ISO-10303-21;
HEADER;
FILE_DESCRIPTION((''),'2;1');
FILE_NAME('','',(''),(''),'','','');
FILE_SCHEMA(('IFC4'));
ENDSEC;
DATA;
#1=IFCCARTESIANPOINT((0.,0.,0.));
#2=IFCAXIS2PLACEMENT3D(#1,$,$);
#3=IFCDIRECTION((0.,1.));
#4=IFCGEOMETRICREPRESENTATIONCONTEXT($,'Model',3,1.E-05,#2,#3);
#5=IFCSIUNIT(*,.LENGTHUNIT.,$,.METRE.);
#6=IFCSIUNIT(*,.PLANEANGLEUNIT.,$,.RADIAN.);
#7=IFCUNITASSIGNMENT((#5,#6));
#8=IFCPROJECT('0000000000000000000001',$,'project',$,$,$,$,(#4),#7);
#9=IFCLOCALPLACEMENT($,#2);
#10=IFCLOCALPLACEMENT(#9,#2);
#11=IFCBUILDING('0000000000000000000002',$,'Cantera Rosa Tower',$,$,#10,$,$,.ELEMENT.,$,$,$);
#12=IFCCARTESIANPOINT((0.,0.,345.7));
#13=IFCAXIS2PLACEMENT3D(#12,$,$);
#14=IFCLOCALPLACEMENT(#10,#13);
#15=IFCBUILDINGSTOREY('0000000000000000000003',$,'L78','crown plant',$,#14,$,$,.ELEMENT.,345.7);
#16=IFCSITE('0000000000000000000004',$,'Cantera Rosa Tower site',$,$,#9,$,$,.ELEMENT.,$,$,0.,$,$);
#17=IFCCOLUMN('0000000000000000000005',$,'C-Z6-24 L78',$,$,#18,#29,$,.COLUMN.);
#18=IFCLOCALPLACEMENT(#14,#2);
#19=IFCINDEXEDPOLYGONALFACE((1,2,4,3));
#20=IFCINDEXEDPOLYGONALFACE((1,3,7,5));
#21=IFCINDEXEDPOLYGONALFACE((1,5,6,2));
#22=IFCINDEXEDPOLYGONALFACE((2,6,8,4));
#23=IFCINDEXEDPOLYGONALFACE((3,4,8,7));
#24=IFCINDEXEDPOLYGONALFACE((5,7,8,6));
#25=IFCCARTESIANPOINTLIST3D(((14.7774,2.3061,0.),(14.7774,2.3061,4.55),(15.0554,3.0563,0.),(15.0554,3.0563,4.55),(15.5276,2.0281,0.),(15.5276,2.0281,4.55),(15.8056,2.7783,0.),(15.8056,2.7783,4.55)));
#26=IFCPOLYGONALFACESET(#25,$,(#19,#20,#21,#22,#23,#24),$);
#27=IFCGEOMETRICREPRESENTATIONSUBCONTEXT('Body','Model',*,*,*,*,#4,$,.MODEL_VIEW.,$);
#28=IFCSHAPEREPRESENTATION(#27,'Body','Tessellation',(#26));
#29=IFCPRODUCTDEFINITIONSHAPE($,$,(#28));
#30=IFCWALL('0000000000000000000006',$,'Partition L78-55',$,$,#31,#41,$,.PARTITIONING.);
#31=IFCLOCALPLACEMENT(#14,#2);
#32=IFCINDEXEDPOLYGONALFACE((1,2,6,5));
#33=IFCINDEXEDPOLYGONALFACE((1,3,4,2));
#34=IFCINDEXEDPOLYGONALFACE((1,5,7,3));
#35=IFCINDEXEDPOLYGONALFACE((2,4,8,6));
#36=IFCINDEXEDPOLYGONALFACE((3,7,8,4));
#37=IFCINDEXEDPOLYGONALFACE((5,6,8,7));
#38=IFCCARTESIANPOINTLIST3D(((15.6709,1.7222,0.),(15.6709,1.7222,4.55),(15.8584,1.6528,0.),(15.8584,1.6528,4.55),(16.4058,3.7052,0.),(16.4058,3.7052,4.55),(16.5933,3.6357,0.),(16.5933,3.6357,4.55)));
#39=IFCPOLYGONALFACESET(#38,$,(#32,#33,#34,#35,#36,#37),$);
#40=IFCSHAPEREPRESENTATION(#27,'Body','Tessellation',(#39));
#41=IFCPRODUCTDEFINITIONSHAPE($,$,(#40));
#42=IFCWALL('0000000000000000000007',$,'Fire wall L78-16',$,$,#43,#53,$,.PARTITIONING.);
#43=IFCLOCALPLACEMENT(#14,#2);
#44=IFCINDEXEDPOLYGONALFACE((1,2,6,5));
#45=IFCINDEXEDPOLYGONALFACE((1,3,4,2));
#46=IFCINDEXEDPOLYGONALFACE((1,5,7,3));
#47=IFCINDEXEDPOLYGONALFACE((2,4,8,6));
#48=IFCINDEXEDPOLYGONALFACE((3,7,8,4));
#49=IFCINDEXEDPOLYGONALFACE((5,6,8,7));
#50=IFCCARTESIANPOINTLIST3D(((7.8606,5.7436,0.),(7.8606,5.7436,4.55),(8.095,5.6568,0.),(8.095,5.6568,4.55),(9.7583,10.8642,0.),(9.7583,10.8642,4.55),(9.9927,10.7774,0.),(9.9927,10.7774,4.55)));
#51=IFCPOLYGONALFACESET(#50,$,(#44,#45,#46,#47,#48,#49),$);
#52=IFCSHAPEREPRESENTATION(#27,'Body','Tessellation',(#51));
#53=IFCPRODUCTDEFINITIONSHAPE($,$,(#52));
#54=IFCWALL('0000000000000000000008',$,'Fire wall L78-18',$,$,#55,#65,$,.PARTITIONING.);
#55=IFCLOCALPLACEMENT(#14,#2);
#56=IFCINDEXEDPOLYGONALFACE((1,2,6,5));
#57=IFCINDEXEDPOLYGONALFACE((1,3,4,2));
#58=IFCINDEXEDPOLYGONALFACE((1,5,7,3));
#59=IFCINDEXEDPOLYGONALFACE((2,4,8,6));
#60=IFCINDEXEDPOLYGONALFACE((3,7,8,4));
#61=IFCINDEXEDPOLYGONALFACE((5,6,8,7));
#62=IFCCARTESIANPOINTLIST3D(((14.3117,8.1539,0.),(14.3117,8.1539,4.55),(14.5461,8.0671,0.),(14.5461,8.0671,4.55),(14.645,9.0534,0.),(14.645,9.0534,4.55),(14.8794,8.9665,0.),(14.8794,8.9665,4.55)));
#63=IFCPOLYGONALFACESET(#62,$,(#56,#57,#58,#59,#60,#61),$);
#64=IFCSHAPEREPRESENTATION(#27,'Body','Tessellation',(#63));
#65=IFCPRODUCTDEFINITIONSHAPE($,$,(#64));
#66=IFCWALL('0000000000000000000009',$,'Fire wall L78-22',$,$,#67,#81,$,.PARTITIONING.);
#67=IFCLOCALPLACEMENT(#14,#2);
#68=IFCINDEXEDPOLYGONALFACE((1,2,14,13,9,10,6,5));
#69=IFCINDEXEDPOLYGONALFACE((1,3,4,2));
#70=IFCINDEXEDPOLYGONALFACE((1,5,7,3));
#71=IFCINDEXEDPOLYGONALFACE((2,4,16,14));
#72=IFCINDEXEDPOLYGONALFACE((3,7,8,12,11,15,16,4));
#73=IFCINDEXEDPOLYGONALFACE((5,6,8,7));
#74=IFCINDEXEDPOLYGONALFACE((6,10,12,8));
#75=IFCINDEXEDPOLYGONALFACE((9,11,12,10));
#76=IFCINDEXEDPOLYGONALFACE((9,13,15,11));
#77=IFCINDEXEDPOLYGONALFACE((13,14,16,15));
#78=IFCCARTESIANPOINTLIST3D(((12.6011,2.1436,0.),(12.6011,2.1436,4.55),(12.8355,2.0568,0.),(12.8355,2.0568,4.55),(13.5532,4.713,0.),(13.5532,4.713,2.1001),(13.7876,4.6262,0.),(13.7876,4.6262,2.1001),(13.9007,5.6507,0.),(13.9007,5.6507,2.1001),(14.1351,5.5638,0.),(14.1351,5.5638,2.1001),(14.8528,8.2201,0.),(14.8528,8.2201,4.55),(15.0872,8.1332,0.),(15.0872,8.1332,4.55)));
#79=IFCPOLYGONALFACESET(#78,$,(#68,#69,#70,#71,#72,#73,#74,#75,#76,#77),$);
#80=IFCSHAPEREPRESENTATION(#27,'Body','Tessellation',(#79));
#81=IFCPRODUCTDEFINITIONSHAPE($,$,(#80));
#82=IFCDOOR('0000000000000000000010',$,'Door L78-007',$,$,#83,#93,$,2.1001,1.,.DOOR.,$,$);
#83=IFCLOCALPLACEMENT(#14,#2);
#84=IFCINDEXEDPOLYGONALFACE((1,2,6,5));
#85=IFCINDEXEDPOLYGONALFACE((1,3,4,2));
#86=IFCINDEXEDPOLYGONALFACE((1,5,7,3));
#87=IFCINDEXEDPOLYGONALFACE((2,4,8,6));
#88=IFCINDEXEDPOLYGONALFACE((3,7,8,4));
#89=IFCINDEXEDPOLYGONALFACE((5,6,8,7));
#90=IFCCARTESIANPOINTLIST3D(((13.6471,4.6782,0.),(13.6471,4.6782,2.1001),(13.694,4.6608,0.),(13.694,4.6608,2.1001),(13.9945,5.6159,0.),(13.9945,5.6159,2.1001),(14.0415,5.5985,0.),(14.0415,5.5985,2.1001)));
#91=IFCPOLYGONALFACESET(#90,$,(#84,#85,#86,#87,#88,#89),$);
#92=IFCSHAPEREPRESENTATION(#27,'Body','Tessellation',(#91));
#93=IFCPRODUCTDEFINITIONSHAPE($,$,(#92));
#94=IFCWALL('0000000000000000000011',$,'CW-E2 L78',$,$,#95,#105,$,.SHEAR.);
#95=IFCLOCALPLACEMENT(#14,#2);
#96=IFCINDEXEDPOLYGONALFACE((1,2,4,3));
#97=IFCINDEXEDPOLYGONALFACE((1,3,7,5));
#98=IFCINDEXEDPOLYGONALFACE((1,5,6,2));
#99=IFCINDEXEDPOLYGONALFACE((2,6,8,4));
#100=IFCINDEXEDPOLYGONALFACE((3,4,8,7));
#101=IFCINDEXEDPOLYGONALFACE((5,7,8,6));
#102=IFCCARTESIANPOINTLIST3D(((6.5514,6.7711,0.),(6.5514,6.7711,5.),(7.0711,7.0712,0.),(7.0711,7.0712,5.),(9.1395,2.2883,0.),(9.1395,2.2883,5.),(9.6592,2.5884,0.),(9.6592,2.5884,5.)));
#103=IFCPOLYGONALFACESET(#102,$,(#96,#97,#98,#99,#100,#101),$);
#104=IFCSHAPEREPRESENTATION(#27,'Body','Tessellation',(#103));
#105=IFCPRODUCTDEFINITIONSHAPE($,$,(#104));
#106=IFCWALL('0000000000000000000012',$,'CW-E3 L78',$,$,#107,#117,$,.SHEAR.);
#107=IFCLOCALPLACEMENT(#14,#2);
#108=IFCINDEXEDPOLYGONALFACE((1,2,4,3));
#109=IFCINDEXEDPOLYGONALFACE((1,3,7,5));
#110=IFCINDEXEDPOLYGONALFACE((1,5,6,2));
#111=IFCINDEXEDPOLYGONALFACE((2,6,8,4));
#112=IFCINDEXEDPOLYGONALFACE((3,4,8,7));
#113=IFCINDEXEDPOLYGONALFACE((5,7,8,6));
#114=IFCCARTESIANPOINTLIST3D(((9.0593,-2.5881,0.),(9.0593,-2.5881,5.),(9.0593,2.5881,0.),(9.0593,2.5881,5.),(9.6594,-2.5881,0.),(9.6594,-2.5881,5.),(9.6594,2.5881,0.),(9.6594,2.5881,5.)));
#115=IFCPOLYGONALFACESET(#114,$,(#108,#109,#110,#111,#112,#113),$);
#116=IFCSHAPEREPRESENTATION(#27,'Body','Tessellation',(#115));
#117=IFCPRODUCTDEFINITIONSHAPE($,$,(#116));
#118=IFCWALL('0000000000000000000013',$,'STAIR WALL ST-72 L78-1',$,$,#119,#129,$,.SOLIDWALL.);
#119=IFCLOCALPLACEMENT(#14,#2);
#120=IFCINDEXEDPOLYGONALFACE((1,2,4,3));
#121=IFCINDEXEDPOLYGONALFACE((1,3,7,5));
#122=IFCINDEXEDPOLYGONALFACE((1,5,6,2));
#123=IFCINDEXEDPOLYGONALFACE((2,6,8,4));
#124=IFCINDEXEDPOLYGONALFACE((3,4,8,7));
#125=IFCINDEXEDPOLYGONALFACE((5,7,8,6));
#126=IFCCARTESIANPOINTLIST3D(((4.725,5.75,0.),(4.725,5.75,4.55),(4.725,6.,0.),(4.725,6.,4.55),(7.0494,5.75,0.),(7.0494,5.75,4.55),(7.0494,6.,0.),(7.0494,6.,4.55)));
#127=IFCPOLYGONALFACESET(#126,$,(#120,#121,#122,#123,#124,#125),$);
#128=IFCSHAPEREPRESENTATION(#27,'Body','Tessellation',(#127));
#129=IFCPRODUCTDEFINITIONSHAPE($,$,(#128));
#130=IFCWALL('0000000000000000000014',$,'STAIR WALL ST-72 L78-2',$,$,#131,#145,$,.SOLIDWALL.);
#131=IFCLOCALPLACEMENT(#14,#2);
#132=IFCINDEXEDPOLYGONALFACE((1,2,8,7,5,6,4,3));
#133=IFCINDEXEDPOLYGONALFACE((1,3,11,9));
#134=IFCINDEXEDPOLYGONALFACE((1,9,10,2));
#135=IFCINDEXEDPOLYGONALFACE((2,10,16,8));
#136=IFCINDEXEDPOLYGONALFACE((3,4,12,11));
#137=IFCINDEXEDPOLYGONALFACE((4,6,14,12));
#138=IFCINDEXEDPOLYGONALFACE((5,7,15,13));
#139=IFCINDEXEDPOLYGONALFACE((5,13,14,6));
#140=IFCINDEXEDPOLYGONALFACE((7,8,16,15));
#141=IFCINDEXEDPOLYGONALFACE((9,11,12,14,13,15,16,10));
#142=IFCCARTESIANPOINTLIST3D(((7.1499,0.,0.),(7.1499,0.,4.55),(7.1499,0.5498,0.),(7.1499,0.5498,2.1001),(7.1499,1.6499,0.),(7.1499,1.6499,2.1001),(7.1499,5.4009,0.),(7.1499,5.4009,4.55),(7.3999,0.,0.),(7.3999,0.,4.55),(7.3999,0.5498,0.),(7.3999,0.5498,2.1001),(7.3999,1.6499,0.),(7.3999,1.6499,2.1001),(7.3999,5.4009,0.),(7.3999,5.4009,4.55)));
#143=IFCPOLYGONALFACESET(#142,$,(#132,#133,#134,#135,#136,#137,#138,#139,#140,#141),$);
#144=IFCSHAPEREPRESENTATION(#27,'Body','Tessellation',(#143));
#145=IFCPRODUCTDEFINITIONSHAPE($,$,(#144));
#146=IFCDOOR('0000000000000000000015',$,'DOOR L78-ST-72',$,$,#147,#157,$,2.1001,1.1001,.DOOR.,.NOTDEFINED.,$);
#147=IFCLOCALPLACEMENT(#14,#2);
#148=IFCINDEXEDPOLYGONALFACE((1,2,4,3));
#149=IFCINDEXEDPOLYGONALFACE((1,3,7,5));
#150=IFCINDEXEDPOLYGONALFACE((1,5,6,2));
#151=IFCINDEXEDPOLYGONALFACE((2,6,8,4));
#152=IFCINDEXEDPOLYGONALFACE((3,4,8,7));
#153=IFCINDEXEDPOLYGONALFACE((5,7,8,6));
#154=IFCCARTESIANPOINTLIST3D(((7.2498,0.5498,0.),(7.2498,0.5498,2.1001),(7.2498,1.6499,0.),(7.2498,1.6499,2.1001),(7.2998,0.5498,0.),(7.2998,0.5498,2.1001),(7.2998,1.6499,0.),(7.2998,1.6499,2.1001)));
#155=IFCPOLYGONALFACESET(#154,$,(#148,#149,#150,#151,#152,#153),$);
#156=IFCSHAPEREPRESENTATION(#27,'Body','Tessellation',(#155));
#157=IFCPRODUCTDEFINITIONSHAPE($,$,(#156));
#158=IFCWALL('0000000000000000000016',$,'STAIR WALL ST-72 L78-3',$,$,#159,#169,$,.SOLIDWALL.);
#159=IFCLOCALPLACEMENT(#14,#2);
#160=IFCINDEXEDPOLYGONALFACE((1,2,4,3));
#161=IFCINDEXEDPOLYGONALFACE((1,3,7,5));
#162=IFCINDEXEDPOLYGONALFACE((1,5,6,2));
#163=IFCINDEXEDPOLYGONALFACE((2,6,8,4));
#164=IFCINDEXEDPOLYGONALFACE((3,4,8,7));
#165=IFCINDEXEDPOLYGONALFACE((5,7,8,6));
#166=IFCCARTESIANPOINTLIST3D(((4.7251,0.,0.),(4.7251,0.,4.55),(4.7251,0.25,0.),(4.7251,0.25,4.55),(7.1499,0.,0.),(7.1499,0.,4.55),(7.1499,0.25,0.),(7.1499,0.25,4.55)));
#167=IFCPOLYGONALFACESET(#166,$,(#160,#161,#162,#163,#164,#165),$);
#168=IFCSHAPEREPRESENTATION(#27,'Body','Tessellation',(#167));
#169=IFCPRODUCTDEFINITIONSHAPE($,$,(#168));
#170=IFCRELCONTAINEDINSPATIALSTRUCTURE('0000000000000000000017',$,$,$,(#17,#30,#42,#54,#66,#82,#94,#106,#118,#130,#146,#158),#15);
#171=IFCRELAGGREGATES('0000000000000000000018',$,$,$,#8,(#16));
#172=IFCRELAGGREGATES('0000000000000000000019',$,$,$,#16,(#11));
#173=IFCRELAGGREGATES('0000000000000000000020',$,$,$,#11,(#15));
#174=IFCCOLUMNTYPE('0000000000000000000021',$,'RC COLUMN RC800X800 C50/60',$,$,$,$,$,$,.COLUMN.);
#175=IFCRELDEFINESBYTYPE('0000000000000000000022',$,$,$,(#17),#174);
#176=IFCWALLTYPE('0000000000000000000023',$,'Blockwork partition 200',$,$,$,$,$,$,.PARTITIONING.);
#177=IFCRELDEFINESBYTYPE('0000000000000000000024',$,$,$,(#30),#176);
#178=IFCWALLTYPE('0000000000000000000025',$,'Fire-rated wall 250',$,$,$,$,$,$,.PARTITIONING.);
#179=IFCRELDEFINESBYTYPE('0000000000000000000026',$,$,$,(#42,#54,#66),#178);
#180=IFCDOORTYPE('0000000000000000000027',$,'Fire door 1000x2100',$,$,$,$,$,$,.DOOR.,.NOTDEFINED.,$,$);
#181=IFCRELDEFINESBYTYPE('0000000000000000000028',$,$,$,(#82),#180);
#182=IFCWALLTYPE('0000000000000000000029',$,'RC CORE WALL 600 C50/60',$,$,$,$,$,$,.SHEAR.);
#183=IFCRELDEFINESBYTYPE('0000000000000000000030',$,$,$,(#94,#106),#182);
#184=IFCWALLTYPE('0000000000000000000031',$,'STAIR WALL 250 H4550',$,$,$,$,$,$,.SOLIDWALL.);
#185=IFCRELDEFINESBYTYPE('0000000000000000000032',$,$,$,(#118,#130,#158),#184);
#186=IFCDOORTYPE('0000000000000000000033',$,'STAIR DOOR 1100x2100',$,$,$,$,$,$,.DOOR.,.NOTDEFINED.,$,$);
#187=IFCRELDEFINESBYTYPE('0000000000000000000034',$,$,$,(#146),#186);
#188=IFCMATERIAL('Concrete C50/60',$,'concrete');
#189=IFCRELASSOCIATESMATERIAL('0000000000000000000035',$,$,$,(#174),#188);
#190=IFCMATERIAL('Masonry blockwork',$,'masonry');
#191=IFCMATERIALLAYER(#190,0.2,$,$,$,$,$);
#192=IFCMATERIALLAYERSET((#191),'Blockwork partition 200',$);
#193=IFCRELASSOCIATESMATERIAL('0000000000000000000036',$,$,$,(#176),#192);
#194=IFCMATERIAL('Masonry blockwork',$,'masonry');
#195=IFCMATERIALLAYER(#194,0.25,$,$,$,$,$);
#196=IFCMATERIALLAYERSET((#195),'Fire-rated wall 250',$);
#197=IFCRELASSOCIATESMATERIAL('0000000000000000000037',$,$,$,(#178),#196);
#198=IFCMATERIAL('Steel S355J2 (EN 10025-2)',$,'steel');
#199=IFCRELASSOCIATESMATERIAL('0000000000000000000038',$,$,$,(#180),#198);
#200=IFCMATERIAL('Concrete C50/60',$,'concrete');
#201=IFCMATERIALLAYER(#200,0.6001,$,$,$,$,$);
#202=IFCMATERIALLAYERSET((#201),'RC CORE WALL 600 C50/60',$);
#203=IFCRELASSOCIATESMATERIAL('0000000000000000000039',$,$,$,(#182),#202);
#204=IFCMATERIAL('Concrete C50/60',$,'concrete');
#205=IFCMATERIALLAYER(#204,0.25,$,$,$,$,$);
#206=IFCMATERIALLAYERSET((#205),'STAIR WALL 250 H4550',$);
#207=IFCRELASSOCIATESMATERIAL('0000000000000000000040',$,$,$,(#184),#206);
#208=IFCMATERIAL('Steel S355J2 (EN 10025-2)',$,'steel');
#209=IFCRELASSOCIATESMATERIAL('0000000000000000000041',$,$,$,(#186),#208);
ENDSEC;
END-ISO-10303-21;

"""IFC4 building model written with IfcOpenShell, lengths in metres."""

from ifc_helpers import new_model, si_unit, direction, frame, frame_2d, origin, origin_2d, place, context, subcontext, project, spatial, rectangle, extrude, material, layer, layer_set, material_profile, profile_set, type_object, element, fill, save


model = new_model("IFC4")

# Units and contexts
model_context = context("Model", 3, precision=1e-05, world=origin(), true_north=direction((0.0, 1.0)))
body_context = subcontext(model_context, "Body", "Model", "MODEL_VIEW")
ifc_project = project(units=[si_unit("LENGTHUNIT", "METRE"), si_unit("PLANEANGLEUNIT", "RADIAN")], contexts=[model_context])

# Site, building, storey
site_placement = place(None, origin())
site = spatial("IfcSite", under=ifc_project, at=site_placement, Name="Cantera Rosa Tower site", CompositionType="ELEMENT", RefElevation=0.0)
building_placement = place(site_placement, origin())
building = spatial("IfcBuilding", under=site, at=building_placement, Name="Cantera Rosa Tower", CompositionType="ELEMENT")
storey_placement = place(building_placement, frame((0.0, 0.0, 345.7)))
storey = spatial("IfcBuildingStorey", under=building, at=storey_placement, Name="L78", Description="crown plant", CompositionType="ELEMENT", Elevation=345.7)

# Column
ifc_material_1 = material(Name="Concrete C50/60", Category="concrete")
ifc_material_profile = material_profile(ifc_material_1, rectangle(XDim=0.8, YDim=0.8, at=origin_2d()), Name="RC COLUMN RC800X800 C50/60")
ifc_profile_set = profile_set([ifc_material_profile], Name="Concrete C50/60")
column_type = type_object("IfcColumnType", Name="RC COLUMN RC800X800 C50/60", PredefinedType="COLUMN", material=ifc_profile_set)
column_placement = place(storey_placement, frame((15.2915, 2.5422, 0.0), z_axis=(0.0, 0.0, 1.0), x_axis=(0.347481, 0.937687, 0.0)))
element("IfcColumn", 1, at=column_placement, inside=storey, type_object=column_type, Name="C-Z6-24 L78", PredefinedType="COLUMN", context=body_context, shape_type="SweptSolid", body=[
    extrude(rectangle(XDim=0.8, YDim=0.8, at=origin_2d()), origin(), (0.0, 0.0, 1.0), 4.55),
])

# Walls
ifc_material_2 = material(Name="Masonry blockwork", Category="masonry")
ifc_layer_1 = layer(ifc_material_2, 0.2)
ifc_layer_set_1 = layer_set([ifc_layer_1], Name="Blockwork partition 200")
wall_type_1 = type_object("IfcWallType", Name="Blockwork partition 200", PredefinedType="PARTITIONING", material=ifc_layer_set_1)
wall_1_placement = place(storey_placement, frame((15.7646, 1.6875, 0.0), z_axis=(0.0, 0.0, 1.0), x_axis=(0.347502, 0.937679, 0.0)))
element("IfcWall", 2, at=wall_1_placement, inside=storey, type_object=wall_type_1, Name="Partition L78-55", PredefinedType="PARTITIONING", context=body_context, shape_type="SweptSolid", body=[
    extrude(rectangle(XDim=2.1147, YDim=0.2, at=frame_2d((1.0574, 0.0))), origin(), (0.0, 0.0, 1.0), 4.55),
])
ifc_material_3 = material(Name="Masonry blockwork", Category="masonry")
ifc_layer_2 = layer(ifc_material_3, 0.25)
ifc_layer_set_2 = layer_set([ifc_layer_2], Name="Fire-rated wall 250")
wall_type_2 = type_object("IfcWallType", Name="Fire-rated wall 250", PredefinedType="PARTITIONING", material=ifc_layer_set_2)
wall_2_placement = place(storey_placement, frame((7.9778, 5.7002, 0.0), z_axis=(0.0, 0.0, 1.0), x_axis=(0.347505, 0.937678, 0.0)))
element("IfcWall", 3, at=wall_2_placement, inside=storey, type_object=wall_type_2, Name="Fire wall L78-16", PredefinedType="PARTITIONING", context=body_context, shape_type="SweptSolid", body=[
    extrude(rectangle(XDim=5.4609, YDim=0.25, at=frame_2d((2.7305, 0.0))), origin(), (0.0, 0.0, 1.0), 4.55),
])
wall_3_placement = place(storey_placement, frame((14.429, 8.1106, 0.0), z_axis=(0.0, 0.0, 1.0), x_axis=(0.347439, 0.937703, 0.0)))
element("IfcWall", 4, at=wall_3_placement, inside=storey, type_object=wall_type_2, Name="Fire wall L78-18", PredefinedType="PARTITIONING", context=body_context, shape_type="SweptSolid", body=[
    extrude(rectangle(XDim=0.9592, YDim=0.25, at=frame_2d((0.4795, 0.0))), origin(), (0.0, 0.0, 1.0), 4.55),
])

# Wall, opening, door
wall_4_placement = place(storey_placement, frame((12.7183, 2.1001, 0.0), z_axis=(0.0, 0.0, 1.0), x_axis=(0.347475, 0.937689, 0.0)))
wall_4 = element("IfcWall", 5, at=wall_4_placement, inside=storey, type_object=wall_type_2, Name="Fire wall L78-22", PredefinedType="PARTITIONING", context=body_context, shape_type="SweptSolid", body=[
    extrude(rectangle(XDim=6.4802, YDim=0.25, at=frame_2d((3.2402, 0.0))), origin(), (0.0, 0.0, 1.0), 4.55),
])
opening_1_placement = place(wall_4_placement, frame((2.7402, 0.0, 0.0)))
opening_1 = element("IfcOpeningElement", 6, at=opening_1_placement, cuts=wall_4, PredefinedType="OPENING", context=body_context, shape_type="SweptSolid", body=[
    extrude(rectangle(XDim=1.0, YDim=2.1001, at=frame_2d((0.5, 1.05))), frame((0.0, 0.135, 0.0), z_axis=(0.0, -1.0, 0.0), x_axis=(1.0, 0.0, 0.0)), (0.0, 0.0, 1.0), 0.27),
])
ifc_material_4 = material(Name="Steel S355J2 (EN 10025-2)", Category="steel")
door_type_1 = type_object("IfcDoorType", Name="Fire door 1000x2100", OperationType="NOTDEFINED", PredefinedType="DOOR", material=ifc_material_4)
door_1_placement = place(opening_1_placement, origin())
door_1 = element("IfcDoor", 7, at=door_1_placement, inside=storey, type_object=door_type_1, Name="Door L78-007", OverallHeight=2.1001, OverallWidth=1.0, PredefinedType="DOOR", context=body_context, shape_type="SweptSolid", body=[
    extrude(rectangle(XDim=1.0, YDim=2.1001, at=frame_2d((0.5, 1.05))), frame((0.0, 0.0249, 0.0), z_axis=(0.0, -1.0, 0.0), x_axis=(1.0, 0.0, 0.0)), (0.0, 0.0, 1.0), 0.05),
])
fill(opening_1, door_1)

# Walls
ifc_material_5 = material(Name="Concrete C50/60", Category="concrete")
ifc_layer_3 = layer(ifc_material_5, 0.6001)
ifc_layer_set_3 = layer_set([ifc_layer_3], Name="RC CORE WALL 600 C50/60")
wall_type_3 = type_object("IfcWallType", Name="RC CORE WALL 600 C50/60", PredefinedType="SHEAR", material=ifc_layer_set_3)
for number, where, z_axis, x_axis, name in (
    (8, (6.8113, 6.9211, 0.0), (0.0, 0.0, 1.0), (0.499989, -0.866032, 0.0), "CW-E2 L78"),
    (9, (9.3594, 2.5881, 0.0), (0.0, 0.0, 1.0), (0.0, -1.0, 0.0), "CW-E3 L78"),
):
    element("IfcWall", number, at=place(storey_placement, frame(where, z_axis=z_axis, x_axis=x_axis)), inside=storey, type_object=wall_type_3, Name=name, PredefinedType="SHEAR", context=body_context, shape_type="SweptSolid", body=[
        extrude(rectangle(XDim=5.1763, YDim=0.6001, at=frame_2d((2.5881, 0.0))), origin(), (0.0, 0.0, 1.0), 5.0),
    ])
ifc_material_6 = material(Name="Concrete C50/60", Category="concrete")
ifc_layer_4 = layer(ifc_material_6, 0.25)
ifc_layer_set_4 = layer_set([ifc_layer_4], Name="STAIR WALL 250 H4550")
wall_type_4 = type_object("IfcWallType", Name="STAIR WALL 250 H4550", PredefinedType="SOLIDWALL", material=ifc_layer_set_4)
wall_5_placement = place(storey_placement, frame((4.7251, 5.875, 0.0), z_axis=(0.0, 0.0, 1.0), x_axis=(1.0, 0.0, 0.0)))
element("IfcWall", 10, at=wall_5_placement, inside=storey, type_object=wall_type_4, Name="STAIR WALL ST-72 L78-1", PredefinedType="SOLIDWALL", context=body_context, shape_type="SweptSolid", body=[
    extrude(rectangle(XDim=2.3245, YDim=0.25, at=frame_2d((1.1621, 0.0))), origin(), (0.0, 0.0, 1.0), 4.55),
])

# Wall, opening, door
wall_6_placement = place(storey_placement, frame((7.2749, 5.4009, 0.0), z_axis=(0.0, 0.0, 1.0), x_axis=(0.0, -1.0, 0.0)))
wall_6 = element("IfcWall", 11, at=wall_6_placement, inside=storey, type_object=wall_type_4, Name="STAIR WALL ST-72 L78-2", PredefinedType="SOLIDWALL", context=body_context, shape_type="SweptSolid", body=[
    extrude(rectangle(XDim=5.4009, YDim=0.25, at=frame_2d((2.7004, 0.0))), origin(), (0.0, 0.0, 1.0), 4.55),
])
opening_2_placement = place(wall_6_placement, frame((3.751, 0.0, 0.0)))
opening_2 = element("IfcOpeningElement", 12, at=opening_2_placement, cuts=wall_6, PredefinedType="OPENING", context=body_context, shape_type="SweptSolid", body=[
    extrude(rectangle(XDim=1.1001, YDim=2.1001, at=frame_2d((0.55, 1.05))), frame((0.0, 0.135, 0.0), z_axis=(0.0, -1.0, 0.0), x_axis=(1.0, 0.0, 0.0)), (0.0, 0.0, 1.0), 0.27),
])
ifc_material_7 = material(Name="Steel S355J2 (EN 10025-2)", Category="steel")
door_type_2 = type_object("IfcDoorType", Name="STAIR DOOR 1100x2100", OperationType="NOTDEFINED", PredefinedType="DOOR", material=ifc_material_7)
door_2_placement = place(opening_2_placement, origin())
door_2 = element("IfcDoor", 13, at=door_2_placement, inside=storey, type_object=door_type_2, Name="DOOR L78-ST-72", OperationType="NOTDEFINED", OverallHeight=2.1001, OverallWidth=1.1001, PredefinedType="DOOR", context=body_context, shape_type="SweptSolid", body=[
    extrude(rectangle(XDim=1.1001, YDim=2.1001, at=frame_2d((0.55, 1.05))), frame((0.0, 0.0249, 0.0), z_axis=(0.0, -1.0, 0.0), x_axis=(1.0, 0.0, 0.0)), (0.0, 0.0, 1.0), 0.05),
])
fill(opening_2, door_2)

# Wall
wall_7_placement = place(storey_placement, frame((7.1499, 0.125, 0.0), z_axis=(0.0, 0.0, 1.0), x_axis=(-1.0, 0.0, 0.0)))
element("IfcWall", 14, at=wall_7_placement, inside=storey, type_object=wall_type_4, Name="STAIR WALL ST-72 L78-3", PredefinedType="SOLIDWALL", context=body_context, shape_type="SweptSolid", body=[
    extrude(rectangle(XDim=2.4248, YDim=0.25, at=frame_2d((1.2124, 0.0))), origin(), (0.0, 0.0, 1.0), 4.55),
])

save(model, "model.ifc")
